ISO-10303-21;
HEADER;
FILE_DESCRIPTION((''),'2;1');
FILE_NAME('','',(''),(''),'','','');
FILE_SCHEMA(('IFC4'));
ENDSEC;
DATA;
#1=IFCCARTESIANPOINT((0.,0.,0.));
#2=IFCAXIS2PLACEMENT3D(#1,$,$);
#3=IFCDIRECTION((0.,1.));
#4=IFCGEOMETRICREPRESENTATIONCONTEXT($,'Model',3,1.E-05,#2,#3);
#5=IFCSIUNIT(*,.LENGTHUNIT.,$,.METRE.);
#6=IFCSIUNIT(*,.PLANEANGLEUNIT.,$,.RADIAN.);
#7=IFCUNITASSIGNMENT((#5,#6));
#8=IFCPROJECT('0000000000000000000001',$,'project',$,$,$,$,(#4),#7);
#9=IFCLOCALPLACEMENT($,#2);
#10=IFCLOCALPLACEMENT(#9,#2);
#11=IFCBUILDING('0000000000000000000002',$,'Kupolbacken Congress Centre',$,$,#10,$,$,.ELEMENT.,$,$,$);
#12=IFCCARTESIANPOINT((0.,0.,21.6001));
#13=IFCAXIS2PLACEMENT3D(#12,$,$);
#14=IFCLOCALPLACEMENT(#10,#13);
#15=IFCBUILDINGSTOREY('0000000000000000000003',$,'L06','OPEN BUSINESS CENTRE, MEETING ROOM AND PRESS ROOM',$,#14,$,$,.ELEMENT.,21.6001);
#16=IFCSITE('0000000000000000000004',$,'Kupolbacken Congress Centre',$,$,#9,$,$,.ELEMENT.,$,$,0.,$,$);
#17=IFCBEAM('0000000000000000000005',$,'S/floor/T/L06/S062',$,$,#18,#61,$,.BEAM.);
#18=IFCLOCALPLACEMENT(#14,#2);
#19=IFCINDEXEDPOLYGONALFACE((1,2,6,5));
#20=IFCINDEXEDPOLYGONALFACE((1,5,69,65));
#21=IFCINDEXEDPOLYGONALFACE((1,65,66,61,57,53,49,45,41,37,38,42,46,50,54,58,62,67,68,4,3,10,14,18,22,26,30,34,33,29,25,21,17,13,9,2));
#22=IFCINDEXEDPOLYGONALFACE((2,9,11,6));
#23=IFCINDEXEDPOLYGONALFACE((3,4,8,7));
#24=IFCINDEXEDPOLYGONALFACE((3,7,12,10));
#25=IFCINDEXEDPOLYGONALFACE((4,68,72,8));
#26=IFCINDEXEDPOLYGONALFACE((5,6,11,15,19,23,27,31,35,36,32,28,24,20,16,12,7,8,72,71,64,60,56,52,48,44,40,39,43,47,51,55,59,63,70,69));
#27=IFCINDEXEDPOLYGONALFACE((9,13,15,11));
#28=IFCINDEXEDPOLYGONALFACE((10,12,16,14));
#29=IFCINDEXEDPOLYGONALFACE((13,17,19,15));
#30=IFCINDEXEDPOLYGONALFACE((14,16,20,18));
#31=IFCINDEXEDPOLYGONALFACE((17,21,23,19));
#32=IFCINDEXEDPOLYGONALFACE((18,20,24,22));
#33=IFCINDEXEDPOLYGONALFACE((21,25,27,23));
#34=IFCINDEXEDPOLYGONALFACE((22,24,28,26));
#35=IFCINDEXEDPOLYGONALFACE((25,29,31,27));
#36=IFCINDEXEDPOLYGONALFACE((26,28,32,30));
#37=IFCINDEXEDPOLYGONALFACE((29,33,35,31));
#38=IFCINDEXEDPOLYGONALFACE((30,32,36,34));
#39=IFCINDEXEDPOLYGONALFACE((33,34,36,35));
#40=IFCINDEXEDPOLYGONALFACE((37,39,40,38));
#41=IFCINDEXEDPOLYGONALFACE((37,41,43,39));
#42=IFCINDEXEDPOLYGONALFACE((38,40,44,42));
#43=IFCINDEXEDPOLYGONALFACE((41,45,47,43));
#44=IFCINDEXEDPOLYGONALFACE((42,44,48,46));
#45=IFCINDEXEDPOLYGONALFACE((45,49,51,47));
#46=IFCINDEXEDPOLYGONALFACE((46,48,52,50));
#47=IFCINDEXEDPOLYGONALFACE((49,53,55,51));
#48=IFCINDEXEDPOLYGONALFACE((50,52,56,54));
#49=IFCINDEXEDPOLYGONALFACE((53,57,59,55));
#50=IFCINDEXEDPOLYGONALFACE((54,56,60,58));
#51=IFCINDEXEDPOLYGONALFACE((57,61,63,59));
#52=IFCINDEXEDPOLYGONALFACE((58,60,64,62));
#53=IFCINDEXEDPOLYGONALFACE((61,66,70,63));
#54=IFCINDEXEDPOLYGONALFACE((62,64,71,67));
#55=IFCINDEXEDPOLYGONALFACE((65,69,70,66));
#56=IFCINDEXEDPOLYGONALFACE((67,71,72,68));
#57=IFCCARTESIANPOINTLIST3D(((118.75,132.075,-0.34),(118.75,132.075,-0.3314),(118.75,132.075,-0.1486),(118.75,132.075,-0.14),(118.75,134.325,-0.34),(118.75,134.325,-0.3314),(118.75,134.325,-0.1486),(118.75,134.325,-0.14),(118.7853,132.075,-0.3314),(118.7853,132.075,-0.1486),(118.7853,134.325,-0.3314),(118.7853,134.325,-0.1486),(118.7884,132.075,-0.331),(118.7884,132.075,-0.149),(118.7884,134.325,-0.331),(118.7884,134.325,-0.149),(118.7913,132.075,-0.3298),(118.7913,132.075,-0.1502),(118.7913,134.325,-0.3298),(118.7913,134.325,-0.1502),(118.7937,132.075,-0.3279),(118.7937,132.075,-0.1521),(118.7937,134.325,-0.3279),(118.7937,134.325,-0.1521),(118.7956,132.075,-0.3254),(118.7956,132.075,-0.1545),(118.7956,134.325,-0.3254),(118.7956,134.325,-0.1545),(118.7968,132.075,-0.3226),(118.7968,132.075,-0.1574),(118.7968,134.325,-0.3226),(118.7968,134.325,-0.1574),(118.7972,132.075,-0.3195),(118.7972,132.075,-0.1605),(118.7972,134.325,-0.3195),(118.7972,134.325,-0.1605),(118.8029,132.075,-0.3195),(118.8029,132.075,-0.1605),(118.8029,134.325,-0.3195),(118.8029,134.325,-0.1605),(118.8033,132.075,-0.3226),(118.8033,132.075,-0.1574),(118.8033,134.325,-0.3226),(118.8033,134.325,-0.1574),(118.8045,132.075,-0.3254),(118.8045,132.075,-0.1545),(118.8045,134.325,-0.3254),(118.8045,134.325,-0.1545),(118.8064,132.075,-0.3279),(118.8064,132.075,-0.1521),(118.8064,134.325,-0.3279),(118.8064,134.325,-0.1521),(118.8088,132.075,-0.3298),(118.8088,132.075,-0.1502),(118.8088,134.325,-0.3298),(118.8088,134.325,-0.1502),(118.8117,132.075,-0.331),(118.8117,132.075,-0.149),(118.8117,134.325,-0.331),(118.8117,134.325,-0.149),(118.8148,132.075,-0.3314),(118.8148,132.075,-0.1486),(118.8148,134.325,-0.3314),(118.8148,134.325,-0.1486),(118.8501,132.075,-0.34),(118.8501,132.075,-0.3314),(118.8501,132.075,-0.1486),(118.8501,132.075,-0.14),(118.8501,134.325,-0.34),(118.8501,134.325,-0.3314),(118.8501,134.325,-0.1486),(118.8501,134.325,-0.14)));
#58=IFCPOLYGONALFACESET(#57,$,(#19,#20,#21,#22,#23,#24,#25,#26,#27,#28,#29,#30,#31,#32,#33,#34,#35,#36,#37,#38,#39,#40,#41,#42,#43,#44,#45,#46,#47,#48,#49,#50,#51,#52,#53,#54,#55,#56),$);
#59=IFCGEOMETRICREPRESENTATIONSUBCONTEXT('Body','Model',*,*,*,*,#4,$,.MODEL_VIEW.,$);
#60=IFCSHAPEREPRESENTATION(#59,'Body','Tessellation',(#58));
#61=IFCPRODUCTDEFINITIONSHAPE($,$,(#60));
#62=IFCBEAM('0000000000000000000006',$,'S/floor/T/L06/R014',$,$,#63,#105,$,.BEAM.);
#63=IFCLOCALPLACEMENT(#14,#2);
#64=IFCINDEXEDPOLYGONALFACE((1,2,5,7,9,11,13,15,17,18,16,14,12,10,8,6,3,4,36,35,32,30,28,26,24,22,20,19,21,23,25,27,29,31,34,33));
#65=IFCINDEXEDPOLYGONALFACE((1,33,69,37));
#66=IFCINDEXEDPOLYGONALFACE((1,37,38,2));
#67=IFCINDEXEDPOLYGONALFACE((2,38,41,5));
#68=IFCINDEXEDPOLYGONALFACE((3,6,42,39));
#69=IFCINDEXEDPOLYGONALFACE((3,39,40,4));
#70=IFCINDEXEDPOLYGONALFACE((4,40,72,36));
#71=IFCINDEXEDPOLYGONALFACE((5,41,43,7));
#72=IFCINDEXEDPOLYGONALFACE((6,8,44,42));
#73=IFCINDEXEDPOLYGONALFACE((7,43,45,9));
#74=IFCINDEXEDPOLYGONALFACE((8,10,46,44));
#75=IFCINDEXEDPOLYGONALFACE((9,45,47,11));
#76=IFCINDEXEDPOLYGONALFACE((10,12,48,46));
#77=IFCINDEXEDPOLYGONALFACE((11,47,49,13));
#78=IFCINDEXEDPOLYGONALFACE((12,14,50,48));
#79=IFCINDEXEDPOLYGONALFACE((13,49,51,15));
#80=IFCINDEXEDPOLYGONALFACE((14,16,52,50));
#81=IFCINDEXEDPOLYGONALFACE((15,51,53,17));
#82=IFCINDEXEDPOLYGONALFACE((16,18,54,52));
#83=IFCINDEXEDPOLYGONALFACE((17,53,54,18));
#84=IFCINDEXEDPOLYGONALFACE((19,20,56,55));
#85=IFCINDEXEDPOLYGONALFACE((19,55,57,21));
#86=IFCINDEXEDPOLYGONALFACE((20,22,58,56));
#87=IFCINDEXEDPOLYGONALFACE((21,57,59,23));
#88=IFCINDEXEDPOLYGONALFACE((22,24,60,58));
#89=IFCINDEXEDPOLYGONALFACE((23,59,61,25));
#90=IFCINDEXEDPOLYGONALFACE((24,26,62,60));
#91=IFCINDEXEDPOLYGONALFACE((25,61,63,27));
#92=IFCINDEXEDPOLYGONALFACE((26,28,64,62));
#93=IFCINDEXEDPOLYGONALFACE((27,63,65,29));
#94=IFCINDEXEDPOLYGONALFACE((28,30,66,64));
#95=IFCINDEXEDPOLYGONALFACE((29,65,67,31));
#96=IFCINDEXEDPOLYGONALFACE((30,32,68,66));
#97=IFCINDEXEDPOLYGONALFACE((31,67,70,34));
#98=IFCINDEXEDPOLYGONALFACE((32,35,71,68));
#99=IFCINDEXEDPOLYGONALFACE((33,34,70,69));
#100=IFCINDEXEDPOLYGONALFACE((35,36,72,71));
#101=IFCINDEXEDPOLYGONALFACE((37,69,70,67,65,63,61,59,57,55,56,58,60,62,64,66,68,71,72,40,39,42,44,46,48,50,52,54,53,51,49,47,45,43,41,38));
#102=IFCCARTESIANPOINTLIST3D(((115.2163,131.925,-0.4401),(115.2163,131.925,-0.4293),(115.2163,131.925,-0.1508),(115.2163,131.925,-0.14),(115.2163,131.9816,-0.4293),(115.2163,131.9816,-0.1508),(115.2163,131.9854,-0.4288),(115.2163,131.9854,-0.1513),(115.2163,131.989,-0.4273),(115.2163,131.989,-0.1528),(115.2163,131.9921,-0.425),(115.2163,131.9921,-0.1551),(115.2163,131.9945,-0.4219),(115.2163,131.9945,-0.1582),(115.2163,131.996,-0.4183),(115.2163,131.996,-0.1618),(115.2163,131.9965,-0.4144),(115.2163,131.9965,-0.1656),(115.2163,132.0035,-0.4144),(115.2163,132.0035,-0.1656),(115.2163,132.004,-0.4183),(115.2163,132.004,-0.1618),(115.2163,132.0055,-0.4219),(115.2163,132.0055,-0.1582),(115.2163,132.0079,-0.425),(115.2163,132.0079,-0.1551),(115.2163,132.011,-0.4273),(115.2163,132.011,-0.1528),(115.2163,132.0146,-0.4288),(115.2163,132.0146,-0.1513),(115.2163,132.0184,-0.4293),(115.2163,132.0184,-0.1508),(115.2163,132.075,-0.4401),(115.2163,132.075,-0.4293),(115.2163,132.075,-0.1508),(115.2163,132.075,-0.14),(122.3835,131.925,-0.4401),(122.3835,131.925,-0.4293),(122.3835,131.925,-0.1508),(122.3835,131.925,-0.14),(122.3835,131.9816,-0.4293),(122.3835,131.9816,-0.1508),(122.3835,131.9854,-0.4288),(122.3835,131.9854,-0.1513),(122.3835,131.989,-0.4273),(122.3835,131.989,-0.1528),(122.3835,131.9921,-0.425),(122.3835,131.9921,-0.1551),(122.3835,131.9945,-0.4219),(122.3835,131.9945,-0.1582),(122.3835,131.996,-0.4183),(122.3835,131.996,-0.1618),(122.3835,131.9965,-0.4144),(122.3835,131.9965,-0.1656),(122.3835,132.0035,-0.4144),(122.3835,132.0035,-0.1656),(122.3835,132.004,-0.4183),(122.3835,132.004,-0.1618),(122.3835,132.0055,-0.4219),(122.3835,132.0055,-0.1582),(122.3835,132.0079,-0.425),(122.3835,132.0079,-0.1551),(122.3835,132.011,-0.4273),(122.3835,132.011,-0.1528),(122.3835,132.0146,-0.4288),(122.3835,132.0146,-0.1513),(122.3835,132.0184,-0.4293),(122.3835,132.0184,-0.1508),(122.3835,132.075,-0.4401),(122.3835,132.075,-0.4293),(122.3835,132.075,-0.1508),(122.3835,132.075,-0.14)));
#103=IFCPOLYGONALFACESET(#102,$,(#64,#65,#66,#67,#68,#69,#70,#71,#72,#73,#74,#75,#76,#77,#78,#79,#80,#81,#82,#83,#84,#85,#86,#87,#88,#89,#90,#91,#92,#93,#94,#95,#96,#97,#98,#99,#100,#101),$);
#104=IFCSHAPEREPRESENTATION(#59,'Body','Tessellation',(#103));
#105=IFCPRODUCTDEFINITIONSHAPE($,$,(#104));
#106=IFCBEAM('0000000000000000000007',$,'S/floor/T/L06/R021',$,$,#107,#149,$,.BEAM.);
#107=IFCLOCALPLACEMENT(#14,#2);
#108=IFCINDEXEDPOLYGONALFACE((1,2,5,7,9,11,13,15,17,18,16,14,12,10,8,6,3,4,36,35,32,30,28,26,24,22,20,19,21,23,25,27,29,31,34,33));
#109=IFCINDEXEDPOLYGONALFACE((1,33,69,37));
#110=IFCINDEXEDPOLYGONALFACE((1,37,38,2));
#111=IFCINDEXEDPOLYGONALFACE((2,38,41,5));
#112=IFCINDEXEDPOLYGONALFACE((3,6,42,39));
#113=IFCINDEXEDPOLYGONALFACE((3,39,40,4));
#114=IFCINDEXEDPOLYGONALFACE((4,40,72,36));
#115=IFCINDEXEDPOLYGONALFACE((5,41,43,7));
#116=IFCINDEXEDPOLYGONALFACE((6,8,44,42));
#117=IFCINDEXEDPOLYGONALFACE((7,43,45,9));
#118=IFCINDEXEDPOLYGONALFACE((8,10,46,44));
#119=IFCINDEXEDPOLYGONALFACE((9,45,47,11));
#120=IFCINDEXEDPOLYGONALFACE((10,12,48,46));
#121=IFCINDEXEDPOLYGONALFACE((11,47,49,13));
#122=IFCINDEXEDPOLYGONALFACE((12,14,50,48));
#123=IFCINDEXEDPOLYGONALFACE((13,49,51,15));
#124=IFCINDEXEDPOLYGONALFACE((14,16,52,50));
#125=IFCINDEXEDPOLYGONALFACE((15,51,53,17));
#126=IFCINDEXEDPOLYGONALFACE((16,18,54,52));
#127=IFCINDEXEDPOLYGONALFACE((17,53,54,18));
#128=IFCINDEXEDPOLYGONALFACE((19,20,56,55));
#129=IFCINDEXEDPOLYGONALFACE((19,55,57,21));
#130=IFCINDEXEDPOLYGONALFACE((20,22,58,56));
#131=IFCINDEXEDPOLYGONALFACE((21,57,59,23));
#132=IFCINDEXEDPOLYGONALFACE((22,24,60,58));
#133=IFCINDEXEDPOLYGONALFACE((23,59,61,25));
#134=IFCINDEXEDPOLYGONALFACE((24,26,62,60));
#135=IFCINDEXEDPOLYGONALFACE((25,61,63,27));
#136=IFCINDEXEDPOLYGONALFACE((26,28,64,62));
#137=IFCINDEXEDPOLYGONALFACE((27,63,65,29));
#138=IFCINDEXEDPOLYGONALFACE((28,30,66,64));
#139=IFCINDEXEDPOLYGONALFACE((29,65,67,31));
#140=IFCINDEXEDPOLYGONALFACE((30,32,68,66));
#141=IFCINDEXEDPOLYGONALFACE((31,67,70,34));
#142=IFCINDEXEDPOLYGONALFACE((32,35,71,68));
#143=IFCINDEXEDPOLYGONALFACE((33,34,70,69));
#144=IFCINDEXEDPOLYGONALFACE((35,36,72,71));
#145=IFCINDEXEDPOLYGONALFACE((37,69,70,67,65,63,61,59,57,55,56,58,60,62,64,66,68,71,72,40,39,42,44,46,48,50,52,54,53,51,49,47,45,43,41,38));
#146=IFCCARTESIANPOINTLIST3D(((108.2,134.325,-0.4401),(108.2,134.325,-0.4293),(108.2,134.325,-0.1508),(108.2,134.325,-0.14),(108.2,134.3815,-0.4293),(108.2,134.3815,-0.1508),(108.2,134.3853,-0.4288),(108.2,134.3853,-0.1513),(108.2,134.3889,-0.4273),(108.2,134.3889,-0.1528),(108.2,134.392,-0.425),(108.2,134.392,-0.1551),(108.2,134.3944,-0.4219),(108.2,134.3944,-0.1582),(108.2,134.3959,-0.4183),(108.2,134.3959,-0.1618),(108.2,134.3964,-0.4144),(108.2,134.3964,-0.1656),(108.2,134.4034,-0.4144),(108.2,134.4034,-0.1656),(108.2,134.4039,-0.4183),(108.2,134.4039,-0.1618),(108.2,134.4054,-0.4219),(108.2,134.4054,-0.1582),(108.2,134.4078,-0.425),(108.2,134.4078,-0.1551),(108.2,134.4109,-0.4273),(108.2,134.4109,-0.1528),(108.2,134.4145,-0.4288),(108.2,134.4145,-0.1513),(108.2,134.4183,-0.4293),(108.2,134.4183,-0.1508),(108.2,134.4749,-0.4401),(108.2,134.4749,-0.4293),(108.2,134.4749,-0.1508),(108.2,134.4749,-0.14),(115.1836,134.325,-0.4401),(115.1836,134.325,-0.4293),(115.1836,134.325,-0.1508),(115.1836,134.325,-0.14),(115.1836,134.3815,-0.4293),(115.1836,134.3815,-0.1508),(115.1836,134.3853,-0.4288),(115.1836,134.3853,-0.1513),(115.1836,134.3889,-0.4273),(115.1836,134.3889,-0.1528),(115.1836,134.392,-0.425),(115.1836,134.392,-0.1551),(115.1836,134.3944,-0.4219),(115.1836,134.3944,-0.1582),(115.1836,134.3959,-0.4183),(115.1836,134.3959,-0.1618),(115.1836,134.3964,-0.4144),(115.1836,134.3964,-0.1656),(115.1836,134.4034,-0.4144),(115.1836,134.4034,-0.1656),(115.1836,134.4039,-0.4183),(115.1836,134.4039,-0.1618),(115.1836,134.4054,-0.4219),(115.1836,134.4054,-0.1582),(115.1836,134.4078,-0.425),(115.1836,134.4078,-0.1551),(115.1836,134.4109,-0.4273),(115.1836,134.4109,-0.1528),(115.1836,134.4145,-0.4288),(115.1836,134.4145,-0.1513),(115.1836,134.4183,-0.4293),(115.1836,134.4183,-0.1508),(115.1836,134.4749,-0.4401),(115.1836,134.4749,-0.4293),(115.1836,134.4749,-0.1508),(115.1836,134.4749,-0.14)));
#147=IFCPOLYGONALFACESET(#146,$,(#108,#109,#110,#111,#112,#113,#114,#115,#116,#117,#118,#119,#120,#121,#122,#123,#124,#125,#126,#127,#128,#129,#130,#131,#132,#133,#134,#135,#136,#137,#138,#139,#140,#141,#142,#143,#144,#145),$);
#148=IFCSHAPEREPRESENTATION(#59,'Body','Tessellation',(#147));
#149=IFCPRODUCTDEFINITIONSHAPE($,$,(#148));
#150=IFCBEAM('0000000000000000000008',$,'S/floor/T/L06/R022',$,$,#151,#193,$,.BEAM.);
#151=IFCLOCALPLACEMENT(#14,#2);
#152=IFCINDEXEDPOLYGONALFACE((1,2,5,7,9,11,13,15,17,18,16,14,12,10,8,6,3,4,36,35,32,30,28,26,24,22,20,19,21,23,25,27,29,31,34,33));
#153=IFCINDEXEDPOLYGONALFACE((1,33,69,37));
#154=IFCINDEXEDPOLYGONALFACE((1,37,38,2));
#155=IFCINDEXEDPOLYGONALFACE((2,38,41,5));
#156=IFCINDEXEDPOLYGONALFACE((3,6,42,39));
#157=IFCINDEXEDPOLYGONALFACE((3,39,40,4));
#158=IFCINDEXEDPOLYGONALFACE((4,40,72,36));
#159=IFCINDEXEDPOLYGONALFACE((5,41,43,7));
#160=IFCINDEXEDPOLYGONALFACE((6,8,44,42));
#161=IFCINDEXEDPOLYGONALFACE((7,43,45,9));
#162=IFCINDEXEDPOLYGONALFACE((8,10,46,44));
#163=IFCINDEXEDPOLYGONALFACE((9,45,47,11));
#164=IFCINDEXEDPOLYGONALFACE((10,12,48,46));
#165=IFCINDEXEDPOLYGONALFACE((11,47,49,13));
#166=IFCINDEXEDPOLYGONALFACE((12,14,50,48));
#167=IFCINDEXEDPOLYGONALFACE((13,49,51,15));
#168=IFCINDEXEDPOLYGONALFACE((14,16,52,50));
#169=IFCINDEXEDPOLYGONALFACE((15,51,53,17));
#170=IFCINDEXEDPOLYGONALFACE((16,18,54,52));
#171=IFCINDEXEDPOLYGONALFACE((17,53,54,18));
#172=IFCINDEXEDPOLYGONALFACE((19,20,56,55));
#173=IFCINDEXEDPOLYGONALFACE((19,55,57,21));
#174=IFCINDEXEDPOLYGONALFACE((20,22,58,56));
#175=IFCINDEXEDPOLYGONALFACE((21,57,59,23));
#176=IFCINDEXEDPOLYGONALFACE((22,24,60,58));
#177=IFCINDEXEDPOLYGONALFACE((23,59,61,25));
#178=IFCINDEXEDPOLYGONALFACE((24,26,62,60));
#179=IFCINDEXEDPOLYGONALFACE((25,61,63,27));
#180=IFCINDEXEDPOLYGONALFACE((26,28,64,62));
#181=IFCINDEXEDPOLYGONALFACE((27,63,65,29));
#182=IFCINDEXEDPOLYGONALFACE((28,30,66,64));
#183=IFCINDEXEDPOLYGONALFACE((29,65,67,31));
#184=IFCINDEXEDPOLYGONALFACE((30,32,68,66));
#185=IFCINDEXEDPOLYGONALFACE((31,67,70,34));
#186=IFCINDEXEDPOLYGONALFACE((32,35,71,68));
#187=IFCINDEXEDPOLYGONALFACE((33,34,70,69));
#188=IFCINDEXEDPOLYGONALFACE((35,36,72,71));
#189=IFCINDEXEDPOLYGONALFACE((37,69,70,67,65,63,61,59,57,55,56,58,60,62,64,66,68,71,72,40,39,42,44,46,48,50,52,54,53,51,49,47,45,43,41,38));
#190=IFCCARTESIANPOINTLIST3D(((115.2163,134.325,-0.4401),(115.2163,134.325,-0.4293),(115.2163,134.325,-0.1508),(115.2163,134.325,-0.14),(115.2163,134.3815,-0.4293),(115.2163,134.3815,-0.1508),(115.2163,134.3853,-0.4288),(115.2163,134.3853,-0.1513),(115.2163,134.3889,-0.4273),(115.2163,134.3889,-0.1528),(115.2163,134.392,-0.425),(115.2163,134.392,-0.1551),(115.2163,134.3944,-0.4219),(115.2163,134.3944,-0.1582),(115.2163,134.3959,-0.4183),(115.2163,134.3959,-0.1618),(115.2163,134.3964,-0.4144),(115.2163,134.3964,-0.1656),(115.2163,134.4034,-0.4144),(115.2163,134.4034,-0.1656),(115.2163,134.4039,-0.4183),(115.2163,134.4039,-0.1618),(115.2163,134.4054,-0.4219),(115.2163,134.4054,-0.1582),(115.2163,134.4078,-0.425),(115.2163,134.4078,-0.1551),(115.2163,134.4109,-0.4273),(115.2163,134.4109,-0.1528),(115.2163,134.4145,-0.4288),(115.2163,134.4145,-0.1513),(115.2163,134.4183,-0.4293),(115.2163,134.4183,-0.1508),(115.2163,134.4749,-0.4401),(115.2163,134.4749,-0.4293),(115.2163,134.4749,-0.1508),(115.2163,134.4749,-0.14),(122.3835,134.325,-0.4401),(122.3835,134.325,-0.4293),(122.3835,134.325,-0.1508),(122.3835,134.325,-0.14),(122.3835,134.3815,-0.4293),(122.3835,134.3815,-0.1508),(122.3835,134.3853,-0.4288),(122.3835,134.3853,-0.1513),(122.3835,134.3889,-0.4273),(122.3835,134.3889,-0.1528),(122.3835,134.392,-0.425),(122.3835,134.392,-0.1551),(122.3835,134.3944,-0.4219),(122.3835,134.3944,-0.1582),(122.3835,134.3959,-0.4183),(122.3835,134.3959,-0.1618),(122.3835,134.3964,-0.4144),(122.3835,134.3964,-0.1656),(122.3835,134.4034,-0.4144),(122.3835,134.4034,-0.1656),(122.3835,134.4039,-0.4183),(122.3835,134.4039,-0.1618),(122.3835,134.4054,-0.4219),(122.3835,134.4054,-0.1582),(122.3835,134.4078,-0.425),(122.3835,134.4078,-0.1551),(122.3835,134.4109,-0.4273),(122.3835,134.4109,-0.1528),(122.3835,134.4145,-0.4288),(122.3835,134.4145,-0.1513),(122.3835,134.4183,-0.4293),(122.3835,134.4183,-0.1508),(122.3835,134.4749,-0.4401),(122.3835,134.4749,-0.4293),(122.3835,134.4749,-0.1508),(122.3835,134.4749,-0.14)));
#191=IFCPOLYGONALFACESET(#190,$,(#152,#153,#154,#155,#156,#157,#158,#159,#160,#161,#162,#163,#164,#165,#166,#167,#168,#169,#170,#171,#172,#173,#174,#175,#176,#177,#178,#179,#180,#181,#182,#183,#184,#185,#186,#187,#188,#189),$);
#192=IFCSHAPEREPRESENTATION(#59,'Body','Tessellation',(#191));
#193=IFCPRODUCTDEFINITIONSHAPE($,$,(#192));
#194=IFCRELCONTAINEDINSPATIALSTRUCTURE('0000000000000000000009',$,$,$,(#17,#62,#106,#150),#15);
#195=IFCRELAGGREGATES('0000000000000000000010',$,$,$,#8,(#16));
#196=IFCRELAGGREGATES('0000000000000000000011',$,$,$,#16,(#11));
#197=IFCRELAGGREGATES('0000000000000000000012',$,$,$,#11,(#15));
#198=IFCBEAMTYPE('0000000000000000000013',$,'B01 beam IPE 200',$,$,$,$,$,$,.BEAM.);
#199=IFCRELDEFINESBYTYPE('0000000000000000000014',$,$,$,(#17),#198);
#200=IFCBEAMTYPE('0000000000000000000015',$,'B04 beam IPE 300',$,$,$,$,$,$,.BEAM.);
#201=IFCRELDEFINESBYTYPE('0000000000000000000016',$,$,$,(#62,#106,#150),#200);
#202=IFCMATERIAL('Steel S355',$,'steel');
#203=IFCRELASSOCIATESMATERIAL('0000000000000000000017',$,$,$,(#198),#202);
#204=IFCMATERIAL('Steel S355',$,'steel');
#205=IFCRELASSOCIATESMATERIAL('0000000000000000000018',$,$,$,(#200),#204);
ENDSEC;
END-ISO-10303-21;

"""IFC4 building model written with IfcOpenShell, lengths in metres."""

from ifc_helpers import new_model, si_unit, direction, frame, origin, origin_2d, place, context, subcontext, project, spatial, i_section, extrude, material, material_profile, profile_set, type_object, element, save


model = new_model("IFC4")

# Units and contexts
model_context = context("Model", 3, precision=1e-05, world=origin(), true_north=direction((0.0, 1.0)))
body_context = subcontext(model_context, "Body", "Model", "MODEL_VIEW")
ifc_project = project(units=[si_unit("LENGTHUNIT", "METRE"), si_unit("PLANEANGLEUNIT", "RADIAN")], contexts=[model_context])

# Site, building, storey
site_placement = place(None, origin())
site = spatial("IfcSite", under=ifc_project, at=site_placement, Name="Kupolbacken Congress Centre", CompositionType="ELEMENT", RefElevation=0.0)
building_placement = place(site_placement, origin())
building = spatial("IfcBuilding", under=site, at=building_placement, Name="Kupolbacken Congress Centre", CompositionType="ELEMENT")
storey_placement = place(building_placement, frame((0.0, 0.0, 21.6001)))
storey = spatial("IfcBuildingStorey", under=building, at=storey_placement, Name="L06", Description="OPEN BUSINESS CENTRE, MEETING ROOM AND PRESS ROOM", CompositionType="ELEMENT", Elevation=21.6001)

# Beams
ifc_material_1 = material(Name="Steel S355", Category="steel")
ifc_material_profile_1 = material_profile(ifc_material_1, i_section(OverallWidth=0.1001, OverallDepth=0.2, WebThickness=0.0056, FlangeThickness=0.0085, FilletRadius=0.012, at=origin_2d()), Name="IPE 200")
ifc_profile_set_1 = profile_set([ifc_material_profile_1], Name="Steel S355")
beam_type_1 = type_object("IfcBeamType", Name="B01 beam IPE 200", PredefinedType="BEAM", material=ifc_profile_set_1)
beam_1_placement = place(storey_placement, frame((118.8, 132.075, -0.24), z_axis=(0.0, 1.0, 0.0), x_axis=(-1.0, 0.0, 0.0)))
element("IfcBeam", 1, at=beam_1_placement, inside=storey, type_object=beam_type_1, Name="S/floor/T/L06/S062", PredefinedType="BEAM", context=body_context, shape_type="SweptSolid", body=[
    extrude(i_section(OverallWidth=0.1001, OverallDepth=0.2, WebThickness=0.0056, FlangeThickness=0.0085, FilletRadius=0.012, at=origin_2d()), origin(), (0.0, 0.0, 1.0), 2.25),
])
ifc_material_2 = material(Name="Steel S355", Category="steel")
ifc_material_profile_2 = material_profile(ifc_material_2, i_section(OverallWidth=0.1499, OverallDepth=0.3, WebThickness=0.0071, FlangeThickness=0.0107, FilletRadius=0.0149, at=origin_2d()), Name="IPE 300")
ifc_profile_set_2 = profile_set([ifc_material_profile_2], Name="Steel S355")
beam_type_2 = type_object("IfcBeamType", Name="B04 beam IPE 300", PredefinedType="BEAM", material=ifc_profile_set_2)
beam_2_placement = place(storey_placement, frame((115.2163, 132.0, -0.29), z_axis=(1.0, 0.0, 0.0), x_axis=(0.0, 1.0, 0.0)))
element("IfcBeam", 2, at=beam_2_placement, inside=storey, type_object=beam_type_2, Name="S/floor/T/L06/R014", PredefinedType="BEAM", context=body_context, shape_type="SweptSolid", body=[
    extrude(i_section(OverallWidth=0.1499, OverallDepth=0.3, WebThickness=0.0071, FlangeThickness=0.0107, FilletRadius=0.0149, at=origin_2d()), origin(), (0.0, 0.0, 1.0), 7.1672),
])
beam_3_placement = place(storey_placement, frame((108.2, 134.3999, -0.29), z_axis=(1.0, 0.0, 0.0), x_axis=(0.0, 1.0, 0.0)))
element("IfcBeam", 3, at=beam_3_placement, inside=storey, type_object=beam_type_2, Name="S/floor/T/L06/R021", PredefinedType="BEAM", context=body_context, shape_type="SweptSolid", body=[
    extrude(i_section(OverallWidth=0.1499, OverallDepth=0.3, WebThickness=0.0071, FlangeThickness=0.0107, FilletRadius=0.0149, at=origin_2d()), origin(), (0.0, 0.0, 1.0), 6.9836),
])
beam_4_placement = place(storey_placement, frame((115.2163, 134.3999, -0.29), z_axis=(1.0, 0.0, 0.0), x_axis=(0.0, 1.0, 0.0)))
element("IfcBeam", 4, at=beam_4_placement, inside=storey, type_object=beam_type_2, Name="S/floor/T/L06/R022", PredefinedType="BEAM", context=body_context, shape_type="SweptSolid", body=[
    extrude(i_section(OverallWidth=0.1499, OverallDepth=0.3, WebThickness=0.0071, FlangeThickness=0.0107, FilletRadius=0.0149, at=origin_2d()), origin(), (0.0, 0.0, 1.0), 7.1672),
])

save(model, "model.ifc")
